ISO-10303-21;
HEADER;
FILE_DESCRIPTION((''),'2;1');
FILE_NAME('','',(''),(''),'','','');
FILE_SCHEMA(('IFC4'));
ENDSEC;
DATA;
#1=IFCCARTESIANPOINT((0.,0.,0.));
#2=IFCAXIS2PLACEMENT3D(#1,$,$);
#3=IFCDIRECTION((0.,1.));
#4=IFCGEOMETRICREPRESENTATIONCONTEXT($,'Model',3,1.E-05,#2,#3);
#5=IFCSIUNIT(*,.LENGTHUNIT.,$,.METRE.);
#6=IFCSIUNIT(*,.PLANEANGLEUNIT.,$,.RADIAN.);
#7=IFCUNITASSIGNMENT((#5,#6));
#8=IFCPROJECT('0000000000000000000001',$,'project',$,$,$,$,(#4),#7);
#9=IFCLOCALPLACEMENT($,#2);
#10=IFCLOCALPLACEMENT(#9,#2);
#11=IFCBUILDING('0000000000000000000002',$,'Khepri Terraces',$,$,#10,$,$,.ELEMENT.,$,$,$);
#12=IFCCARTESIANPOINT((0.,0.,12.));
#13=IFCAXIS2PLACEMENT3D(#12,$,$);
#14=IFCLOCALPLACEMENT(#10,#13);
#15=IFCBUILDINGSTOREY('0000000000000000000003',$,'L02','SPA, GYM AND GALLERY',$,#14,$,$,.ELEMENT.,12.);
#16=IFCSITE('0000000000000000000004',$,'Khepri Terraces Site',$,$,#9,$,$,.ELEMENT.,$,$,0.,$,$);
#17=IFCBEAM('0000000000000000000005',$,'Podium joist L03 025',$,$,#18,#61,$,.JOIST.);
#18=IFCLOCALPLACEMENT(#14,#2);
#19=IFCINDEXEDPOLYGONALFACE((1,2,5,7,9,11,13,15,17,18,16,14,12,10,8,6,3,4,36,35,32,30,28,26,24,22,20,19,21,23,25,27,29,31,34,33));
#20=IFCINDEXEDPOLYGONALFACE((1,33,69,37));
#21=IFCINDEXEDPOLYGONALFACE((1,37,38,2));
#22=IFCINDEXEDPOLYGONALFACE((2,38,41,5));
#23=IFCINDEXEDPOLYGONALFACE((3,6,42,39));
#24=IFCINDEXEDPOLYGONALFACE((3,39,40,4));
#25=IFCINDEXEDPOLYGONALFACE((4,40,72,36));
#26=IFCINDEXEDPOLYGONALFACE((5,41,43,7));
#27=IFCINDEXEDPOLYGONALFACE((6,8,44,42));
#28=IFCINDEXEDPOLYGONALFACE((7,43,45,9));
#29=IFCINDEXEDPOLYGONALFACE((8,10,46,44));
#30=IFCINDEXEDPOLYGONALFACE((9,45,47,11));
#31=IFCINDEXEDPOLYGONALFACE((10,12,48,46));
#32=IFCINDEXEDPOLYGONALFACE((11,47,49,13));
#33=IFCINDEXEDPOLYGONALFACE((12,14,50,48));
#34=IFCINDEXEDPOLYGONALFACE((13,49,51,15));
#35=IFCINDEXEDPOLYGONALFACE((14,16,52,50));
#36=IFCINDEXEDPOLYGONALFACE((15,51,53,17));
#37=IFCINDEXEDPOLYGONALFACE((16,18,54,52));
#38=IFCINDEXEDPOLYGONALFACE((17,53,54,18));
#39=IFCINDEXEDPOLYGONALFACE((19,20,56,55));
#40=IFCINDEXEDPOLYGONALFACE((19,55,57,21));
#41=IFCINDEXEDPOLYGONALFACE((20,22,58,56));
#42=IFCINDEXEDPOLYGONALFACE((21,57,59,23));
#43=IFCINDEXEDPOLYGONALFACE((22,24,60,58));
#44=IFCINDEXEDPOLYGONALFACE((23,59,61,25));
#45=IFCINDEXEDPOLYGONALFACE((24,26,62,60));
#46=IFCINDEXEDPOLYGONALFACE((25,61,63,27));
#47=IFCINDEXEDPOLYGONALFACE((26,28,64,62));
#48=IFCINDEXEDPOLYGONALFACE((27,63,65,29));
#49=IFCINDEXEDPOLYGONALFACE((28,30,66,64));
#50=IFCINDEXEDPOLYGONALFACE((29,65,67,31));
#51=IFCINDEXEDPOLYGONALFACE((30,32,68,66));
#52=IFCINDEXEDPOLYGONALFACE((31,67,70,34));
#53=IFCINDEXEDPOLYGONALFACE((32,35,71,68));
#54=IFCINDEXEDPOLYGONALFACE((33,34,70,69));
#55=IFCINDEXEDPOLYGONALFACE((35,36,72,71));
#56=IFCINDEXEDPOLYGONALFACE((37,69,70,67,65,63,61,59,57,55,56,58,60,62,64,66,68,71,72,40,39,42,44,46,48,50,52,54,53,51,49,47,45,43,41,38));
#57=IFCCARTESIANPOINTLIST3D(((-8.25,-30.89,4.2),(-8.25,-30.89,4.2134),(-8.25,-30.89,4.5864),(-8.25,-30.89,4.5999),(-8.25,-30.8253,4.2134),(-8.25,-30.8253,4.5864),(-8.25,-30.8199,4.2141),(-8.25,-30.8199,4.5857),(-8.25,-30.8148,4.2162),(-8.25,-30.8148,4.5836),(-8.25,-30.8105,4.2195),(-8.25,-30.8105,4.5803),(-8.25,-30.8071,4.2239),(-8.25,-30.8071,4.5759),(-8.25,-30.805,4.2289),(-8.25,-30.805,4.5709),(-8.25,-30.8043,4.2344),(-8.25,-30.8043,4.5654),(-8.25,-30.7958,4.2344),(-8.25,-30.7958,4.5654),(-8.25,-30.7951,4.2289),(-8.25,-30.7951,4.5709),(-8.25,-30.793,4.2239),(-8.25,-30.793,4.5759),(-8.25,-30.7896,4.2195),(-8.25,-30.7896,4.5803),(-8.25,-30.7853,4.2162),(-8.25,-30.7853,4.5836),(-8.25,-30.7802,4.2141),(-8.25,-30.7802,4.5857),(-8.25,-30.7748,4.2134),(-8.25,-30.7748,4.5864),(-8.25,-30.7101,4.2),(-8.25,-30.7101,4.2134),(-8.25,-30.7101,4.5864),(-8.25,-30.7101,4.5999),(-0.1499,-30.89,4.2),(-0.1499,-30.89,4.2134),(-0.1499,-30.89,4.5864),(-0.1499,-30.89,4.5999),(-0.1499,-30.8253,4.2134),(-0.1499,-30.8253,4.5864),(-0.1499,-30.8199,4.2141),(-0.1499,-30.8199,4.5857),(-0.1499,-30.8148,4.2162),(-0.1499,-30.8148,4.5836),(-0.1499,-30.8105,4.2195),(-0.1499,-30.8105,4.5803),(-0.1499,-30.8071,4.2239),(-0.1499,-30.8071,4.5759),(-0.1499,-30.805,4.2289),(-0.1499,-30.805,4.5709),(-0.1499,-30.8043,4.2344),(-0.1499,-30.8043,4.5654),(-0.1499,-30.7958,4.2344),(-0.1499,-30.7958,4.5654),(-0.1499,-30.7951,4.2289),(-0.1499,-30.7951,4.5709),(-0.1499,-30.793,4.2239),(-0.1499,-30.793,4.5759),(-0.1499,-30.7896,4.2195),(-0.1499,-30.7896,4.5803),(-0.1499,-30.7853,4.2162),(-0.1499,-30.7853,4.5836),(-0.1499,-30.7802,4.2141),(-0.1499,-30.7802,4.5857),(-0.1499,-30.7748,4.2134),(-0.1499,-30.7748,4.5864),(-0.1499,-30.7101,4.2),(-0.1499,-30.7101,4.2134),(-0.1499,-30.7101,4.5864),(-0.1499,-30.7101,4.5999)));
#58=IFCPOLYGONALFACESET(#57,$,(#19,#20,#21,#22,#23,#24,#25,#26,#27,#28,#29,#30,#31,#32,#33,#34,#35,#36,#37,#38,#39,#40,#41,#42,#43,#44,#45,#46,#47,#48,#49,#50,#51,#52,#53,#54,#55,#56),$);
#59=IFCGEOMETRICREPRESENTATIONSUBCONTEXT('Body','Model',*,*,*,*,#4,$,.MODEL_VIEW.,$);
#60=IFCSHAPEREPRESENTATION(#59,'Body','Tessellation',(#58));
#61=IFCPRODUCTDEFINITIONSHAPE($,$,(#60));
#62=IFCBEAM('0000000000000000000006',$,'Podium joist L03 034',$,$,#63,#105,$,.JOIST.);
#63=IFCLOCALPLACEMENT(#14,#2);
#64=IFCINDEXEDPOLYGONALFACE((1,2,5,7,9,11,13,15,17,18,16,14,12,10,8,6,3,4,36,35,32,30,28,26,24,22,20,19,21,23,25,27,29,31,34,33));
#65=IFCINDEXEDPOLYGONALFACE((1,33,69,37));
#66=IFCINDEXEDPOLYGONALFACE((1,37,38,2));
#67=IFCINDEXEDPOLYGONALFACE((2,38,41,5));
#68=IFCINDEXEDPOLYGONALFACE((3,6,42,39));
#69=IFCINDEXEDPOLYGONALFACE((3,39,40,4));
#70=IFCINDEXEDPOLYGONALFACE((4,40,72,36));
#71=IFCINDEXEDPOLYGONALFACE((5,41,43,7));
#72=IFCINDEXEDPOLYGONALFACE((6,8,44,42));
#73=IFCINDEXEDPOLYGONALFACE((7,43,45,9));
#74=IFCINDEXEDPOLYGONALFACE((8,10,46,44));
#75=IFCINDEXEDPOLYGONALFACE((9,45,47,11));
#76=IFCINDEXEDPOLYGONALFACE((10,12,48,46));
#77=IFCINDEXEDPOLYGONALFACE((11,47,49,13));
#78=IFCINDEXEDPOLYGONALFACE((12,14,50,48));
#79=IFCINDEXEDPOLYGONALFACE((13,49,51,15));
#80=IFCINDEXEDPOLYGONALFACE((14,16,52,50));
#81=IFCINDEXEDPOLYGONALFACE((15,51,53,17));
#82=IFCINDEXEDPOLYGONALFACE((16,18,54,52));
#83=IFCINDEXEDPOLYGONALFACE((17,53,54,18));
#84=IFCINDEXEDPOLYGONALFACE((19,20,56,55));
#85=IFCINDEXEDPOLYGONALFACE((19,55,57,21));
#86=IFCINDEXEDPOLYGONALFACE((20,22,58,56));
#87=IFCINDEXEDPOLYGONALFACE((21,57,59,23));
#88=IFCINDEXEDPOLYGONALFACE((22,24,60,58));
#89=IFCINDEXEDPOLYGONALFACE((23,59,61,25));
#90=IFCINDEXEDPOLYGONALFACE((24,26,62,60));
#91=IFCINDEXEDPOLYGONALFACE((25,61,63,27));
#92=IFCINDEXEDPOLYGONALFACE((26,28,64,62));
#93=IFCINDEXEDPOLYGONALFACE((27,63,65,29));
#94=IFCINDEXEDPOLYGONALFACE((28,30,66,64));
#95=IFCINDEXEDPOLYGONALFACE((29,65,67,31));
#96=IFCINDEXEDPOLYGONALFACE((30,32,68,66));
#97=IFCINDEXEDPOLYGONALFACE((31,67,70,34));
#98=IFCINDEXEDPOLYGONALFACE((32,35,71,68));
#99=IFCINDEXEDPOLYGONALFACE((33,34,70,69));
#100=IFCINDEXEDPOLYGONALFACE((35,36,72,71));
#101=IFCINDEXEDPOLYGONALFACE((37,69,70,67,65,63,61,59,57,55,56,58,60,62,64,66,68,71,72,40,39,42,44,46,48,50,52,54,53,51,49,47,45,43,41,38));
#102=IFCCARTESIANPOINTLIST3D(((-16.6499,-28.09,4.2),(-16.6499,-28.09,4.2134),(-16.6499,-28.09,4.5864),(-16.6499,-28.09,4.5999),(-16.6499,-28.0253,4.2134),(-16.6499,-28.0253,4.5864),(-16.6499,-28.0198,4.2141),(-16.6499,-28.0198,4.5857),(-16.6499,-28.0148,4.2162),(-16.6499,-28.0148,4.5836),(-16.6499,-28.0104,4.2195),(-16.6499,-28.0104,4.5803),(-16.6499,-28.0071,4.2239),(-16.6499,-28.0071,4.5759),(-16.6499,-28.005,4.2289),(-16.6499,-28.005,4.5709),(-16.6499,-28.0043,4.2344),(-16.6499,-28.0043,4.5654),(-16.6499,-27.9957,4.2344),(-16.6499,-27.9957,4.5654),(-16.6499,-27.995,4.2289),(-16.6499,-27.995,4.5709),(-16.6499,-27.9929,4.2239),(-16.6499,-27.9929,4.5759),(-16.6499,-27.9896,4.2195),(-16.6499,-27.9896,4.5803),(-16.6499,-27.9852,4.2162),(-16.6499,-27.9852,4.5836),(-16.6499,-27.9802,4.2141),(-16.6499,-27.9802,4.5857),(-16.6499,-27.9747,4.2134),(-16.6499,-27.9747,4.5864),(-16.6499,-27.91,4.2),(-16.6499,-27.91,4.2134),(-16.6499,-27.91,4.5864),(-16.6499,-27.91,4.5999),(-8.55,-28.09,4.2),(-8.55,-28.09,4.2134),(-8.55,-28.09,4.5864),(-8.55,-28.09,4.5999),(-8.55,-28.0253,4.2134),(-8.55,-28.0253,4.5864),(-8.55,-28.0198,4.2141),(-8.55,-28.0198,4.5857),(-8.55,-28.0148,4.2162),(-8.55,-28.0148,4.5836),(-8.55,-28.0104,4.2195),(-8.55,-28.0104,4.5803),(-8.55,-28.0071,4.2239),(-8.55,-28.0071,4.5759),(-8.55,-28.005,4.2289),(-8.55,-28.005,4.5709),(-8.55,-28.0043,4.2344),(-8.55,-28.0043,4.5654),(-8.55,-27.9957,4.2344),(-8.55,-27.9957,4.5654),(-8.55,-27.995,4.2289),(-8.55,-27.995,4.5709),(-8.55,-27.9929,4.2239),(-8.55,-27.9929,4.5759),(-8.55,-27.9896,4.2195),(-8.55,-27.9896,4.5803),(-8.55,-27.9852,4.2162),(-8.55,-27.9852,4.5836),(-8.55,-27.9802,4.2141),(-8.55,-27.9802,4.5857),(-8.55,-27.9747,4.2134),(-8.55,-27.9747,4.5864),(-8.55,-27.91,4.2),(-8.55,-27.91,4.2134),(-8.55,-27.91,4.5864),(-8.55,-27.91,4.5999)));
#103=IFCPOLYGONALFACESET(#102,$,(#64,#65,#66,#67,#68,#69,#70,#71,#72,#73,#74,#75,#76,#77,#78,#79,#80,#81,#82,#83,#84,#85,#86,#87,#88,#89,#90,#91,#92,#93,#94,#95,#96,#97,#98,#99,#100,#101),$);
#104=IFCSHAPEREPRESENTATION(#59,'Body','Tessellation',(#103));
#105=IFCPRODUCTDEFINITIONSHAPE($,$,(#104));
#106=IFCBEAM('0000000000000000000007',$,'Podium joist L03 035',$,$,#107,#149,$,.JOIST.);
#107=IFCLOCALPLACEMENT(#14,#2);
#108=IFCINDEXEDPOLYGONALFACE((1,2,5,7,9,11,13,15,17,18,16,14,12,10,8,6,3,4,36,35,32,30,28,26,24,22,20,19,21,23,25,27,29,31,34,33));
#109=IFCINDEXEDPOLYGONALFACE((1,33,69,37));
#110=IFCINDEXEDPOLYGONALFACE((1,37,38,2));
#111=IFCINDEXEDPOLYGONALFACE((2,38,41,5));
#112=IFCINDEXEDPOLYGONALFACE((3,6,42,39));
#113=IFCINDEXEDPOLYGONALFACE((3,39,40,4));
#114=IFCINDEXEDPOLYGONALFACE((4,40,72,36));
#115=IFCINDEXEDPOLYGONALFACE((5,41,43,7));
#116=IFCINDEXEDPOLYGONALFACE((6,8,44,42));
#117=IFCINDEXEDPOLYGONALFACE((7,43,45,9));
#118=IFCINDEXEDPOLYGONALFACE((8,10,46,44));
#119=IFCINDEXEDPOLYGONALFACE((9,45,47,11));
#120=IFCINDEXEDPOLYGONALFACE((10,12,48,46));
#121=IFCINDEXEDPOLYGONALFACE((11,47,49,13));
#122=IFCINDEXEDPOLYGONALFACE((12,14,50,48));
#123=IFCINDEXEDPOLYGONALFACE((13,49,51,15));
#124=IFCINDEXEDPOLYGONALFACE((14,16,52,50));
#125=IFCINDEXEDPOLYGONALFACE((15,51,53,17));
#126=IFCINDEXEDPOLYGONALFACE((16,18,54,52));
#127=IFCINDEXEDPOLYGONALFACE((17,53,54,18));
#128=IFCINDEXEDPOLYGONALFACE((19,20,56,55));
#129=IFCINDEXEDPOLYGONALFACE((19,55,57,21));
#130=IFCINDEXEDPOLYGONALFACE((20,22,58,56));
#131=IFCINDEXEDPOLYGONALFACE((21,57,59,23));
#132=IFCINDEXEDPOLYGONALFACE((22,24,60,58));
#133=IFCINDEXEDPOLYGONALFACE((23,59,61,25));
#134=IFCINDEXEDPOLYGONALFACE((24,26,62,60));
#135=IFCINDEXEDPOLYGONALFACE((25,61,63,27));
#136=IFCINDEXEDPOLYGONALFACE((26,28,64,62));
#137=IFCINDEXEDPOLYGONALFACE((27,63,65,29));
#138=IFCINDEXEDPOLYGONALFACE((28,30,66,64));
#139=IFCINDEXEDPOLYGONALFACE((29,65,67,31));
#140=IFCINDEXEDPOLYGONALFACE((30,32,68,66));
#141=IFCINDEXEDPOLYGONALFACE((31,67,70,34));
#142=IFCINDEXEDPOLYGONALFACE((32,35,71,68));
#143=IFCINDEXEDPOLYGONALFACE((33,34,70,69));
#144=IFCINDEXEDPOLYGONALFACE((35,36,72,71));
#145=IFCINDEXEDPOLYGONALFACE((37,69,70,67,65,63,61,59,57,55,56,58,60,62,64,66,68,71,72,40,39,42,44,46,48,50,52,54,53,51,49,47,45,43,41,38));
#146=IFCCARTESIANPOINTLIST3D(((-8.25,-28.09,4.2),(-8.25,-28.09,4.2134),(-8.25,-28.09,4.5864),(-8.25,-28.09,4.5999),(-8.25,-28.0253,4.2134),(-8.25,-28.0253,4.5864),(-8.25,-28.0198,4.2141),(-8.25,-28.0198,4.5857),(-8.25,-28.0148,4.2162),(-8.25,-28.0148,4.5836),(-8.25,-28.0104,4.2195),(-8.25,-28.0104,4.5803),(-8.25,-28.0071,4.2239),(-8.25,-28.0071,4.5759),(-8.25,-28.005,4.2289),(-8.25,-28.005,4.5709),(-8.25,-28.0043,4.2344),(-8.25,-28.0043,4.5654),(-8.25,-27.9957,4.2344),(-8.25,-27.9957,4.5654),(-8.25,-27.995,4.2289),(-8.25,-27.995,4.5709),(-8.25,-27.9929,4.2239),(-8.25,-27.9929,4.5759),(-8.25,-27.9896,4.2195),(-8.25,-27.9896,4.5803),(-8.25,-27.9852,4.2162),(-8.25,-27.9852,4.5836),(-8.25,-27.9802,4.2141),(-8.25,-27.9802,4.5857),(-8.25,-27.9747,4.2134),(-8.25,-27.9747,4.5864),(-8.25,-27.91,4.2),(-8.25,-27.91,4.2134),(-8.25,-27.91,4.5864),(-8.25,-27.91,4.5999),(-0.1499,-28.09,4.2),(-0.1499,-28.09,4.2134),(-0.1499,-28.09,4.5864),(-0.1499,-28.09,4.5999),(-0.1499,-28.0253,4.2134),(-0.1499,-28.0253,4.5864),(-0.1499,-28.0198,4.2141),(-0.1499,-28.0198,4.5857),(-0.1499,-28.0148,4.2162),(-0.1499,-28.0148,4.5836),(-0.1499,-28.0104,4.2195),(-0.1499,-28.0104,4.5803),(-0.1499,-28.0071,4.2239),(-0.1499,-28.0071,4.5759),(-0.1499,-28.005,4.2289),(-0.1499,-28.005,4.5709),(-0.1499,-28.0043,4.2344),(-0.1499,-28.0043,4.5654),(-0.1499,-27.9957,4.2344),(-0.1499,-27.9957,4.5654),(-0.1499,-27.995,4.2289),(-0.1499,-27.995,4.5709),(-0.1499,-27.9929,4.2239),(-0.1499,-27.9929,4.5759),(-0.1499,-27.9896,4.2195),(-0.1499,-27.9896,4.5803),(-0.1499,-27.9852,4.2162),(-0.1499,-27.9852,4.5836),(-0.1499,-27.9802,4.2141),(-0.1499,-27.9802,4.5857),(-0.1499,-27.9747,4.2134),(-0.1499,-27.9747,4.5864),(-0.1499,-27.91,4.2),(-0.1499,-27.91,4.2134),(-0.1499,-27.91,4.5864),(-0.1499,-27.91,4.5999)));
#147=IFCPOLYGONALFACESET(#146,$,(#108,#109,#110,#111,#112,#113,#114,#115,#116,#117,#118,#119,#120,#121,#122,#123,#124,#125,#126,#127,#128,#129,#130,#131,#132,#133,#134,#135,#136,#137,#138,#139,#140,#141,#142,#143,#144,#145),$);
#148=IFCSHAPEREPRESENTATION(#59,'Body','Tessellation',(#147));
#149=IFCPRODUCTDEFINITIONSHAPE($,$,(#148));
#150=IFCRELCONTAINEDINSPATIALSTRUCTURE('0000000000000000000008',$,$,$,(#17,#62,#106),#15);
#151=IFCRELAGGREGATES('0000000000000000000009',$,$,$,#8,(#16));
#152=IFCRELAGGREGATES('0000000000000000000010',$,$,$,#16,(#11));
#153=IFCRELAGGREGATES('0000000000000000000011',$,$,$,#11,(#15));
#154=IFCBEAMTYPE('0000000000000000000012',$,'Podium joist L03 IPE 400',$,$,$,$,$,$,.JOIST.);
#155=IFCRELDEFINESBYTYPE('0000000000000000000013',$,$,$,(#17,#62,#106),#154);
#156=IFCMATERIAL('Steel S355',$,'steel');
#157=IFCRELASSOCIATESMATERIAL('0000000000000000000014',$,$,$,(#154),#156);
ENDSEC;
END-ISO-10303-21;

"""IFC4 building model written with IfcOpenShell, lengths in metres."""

from ifc_helpers import new_model, si_unit, direction, frame, origin, origin_2d, place, context, subcontext, project, spatial, i_section, extrude, material, material_profile, profile_set, type_object, element, save


model = new_model("IFC4")

# Units and contexts
model_context = context("Model", 3, precision=1e-05, world=origin(), true_north=direction((0.0, 1.0)))
body_context = subcontext(model_context, "Body", "Model", "MODEL_VIEW")
ifc_project = project(units=[si_unit("LENGTHUNIT", "METRE"), si_unit("PLANEANGLEUNIT", "RADIAN")], contexts=[model_context])

# Site, building, storey
site_placement = place(None, origin())
site = spatial("IfcSite", under=ifc_project, at=site_placement, Name="Khepri Terraces Site", CompositionType="ELEMENT", RefElevation=0.0)
building_placement = place(site_placement, origin())
building = spatial("IfcBuilding", under=site, at=building_placement, Name="Khepri Terraces", CompositionType="ELEMENT")
storey_placement = place(building_placement, frame((0.0, 0.0, 12.0)))
storey = spatial("IfcBuildingStorey", under=building, at=storey_placement, Name="L02", Description="SPA, GYM AND GALLERY", CompositionType="ELEMENT", Elevation=12.0)

# Beams
ifc_material_1 = material(Name="Steel S355", Category="steel")
ifc_material_profile_1 = material_profile(ifc_material_1, i_section(OverallWidth=0.1799, OverallDepth=0.3999, WebThickness=0.0085, FlangeThickness=0.0134, FilletRadius=0.021, at=origin_2d()), Name="Steel S355", Category="steel")
ifc_profile_set_1 = profile_set([ifc_material_profile_1], Name="Steel S355")
beam_type_1 = type_object("IfcBeamType", Name="Podium joist L03 IPE 400", PredefinedType="JOIST", material=ifc_profile_set_1)
beam_1_placement = place(storey_placement, frame((-8.25, -30.8, 4.3999), z_axis=(1.0, 0.0, 0.0), x_axis=(0.0, 1.0, 0.0)))
element("IfcBeam", 1, at=beam_1_placement, inside=storey, type_object=beam_type_1, Name="Podium joist L03 025", PredefinedType="JOIST", context=body_context, shape_type="SweptSolid", body=[
    extrude(i_section(OverallWidth=0.1799, OverallDepth=0.3999, WebThickness=0.0085, FlangeThickness=0.0134, FilletRadius=0.021, at=origin_2d()), origin(), (0.0, 0.0, 1.0), 8.1001),
])
beam_2_placement = place(storey_placement, frame((-16.6499, -28.0, 4.3999), z_axis=(1.0, 0.0, 0.0), x_axis=(0.0, 1.0, 0.0)))
element("IfcBeam", 2, at=beam_2_placement, inside=storey, type_object=beam_type_1, Name="Podium joist L03 034", PredefinedType="JOIST", context=body_context, shape_type="SweptSolid", body=[
    extrude(i_section(OverallWidth=0.1799, OverallDepth=0.3999, WebThickness=0.0085, FlangeThickness=0.0134, FilletRadius=0.021, at=origin_2d()), origin(), (0.0, 0.0, 1.0), 8.0999),
])
beam_3_placement = place(storey_placement, frame((-8.25, -28.0, 4.3999), z_axis=(1.0, 0.0, 0.0), x_axis=(0.0, 1.0, 0.0)))
element("IfcBeam", 3, at=beam_3_placement, inside=storey, type_object=beam_type_1, Name="Podium joist L03 035", PredefinedType="JOIST", context=body_context, shape_type="SweptSolid", body=[
    extrude(i_section(OverallWidth=0.1799, OverallDepth=0.3999, WebThickness=0.0085, FlangeThickness=0.0134, FilletRadius=0.021, at=origin_2d()), origin(), (0.0, 0.0, 1.0), 8.1001),
])

save(model, "model.ifc")
